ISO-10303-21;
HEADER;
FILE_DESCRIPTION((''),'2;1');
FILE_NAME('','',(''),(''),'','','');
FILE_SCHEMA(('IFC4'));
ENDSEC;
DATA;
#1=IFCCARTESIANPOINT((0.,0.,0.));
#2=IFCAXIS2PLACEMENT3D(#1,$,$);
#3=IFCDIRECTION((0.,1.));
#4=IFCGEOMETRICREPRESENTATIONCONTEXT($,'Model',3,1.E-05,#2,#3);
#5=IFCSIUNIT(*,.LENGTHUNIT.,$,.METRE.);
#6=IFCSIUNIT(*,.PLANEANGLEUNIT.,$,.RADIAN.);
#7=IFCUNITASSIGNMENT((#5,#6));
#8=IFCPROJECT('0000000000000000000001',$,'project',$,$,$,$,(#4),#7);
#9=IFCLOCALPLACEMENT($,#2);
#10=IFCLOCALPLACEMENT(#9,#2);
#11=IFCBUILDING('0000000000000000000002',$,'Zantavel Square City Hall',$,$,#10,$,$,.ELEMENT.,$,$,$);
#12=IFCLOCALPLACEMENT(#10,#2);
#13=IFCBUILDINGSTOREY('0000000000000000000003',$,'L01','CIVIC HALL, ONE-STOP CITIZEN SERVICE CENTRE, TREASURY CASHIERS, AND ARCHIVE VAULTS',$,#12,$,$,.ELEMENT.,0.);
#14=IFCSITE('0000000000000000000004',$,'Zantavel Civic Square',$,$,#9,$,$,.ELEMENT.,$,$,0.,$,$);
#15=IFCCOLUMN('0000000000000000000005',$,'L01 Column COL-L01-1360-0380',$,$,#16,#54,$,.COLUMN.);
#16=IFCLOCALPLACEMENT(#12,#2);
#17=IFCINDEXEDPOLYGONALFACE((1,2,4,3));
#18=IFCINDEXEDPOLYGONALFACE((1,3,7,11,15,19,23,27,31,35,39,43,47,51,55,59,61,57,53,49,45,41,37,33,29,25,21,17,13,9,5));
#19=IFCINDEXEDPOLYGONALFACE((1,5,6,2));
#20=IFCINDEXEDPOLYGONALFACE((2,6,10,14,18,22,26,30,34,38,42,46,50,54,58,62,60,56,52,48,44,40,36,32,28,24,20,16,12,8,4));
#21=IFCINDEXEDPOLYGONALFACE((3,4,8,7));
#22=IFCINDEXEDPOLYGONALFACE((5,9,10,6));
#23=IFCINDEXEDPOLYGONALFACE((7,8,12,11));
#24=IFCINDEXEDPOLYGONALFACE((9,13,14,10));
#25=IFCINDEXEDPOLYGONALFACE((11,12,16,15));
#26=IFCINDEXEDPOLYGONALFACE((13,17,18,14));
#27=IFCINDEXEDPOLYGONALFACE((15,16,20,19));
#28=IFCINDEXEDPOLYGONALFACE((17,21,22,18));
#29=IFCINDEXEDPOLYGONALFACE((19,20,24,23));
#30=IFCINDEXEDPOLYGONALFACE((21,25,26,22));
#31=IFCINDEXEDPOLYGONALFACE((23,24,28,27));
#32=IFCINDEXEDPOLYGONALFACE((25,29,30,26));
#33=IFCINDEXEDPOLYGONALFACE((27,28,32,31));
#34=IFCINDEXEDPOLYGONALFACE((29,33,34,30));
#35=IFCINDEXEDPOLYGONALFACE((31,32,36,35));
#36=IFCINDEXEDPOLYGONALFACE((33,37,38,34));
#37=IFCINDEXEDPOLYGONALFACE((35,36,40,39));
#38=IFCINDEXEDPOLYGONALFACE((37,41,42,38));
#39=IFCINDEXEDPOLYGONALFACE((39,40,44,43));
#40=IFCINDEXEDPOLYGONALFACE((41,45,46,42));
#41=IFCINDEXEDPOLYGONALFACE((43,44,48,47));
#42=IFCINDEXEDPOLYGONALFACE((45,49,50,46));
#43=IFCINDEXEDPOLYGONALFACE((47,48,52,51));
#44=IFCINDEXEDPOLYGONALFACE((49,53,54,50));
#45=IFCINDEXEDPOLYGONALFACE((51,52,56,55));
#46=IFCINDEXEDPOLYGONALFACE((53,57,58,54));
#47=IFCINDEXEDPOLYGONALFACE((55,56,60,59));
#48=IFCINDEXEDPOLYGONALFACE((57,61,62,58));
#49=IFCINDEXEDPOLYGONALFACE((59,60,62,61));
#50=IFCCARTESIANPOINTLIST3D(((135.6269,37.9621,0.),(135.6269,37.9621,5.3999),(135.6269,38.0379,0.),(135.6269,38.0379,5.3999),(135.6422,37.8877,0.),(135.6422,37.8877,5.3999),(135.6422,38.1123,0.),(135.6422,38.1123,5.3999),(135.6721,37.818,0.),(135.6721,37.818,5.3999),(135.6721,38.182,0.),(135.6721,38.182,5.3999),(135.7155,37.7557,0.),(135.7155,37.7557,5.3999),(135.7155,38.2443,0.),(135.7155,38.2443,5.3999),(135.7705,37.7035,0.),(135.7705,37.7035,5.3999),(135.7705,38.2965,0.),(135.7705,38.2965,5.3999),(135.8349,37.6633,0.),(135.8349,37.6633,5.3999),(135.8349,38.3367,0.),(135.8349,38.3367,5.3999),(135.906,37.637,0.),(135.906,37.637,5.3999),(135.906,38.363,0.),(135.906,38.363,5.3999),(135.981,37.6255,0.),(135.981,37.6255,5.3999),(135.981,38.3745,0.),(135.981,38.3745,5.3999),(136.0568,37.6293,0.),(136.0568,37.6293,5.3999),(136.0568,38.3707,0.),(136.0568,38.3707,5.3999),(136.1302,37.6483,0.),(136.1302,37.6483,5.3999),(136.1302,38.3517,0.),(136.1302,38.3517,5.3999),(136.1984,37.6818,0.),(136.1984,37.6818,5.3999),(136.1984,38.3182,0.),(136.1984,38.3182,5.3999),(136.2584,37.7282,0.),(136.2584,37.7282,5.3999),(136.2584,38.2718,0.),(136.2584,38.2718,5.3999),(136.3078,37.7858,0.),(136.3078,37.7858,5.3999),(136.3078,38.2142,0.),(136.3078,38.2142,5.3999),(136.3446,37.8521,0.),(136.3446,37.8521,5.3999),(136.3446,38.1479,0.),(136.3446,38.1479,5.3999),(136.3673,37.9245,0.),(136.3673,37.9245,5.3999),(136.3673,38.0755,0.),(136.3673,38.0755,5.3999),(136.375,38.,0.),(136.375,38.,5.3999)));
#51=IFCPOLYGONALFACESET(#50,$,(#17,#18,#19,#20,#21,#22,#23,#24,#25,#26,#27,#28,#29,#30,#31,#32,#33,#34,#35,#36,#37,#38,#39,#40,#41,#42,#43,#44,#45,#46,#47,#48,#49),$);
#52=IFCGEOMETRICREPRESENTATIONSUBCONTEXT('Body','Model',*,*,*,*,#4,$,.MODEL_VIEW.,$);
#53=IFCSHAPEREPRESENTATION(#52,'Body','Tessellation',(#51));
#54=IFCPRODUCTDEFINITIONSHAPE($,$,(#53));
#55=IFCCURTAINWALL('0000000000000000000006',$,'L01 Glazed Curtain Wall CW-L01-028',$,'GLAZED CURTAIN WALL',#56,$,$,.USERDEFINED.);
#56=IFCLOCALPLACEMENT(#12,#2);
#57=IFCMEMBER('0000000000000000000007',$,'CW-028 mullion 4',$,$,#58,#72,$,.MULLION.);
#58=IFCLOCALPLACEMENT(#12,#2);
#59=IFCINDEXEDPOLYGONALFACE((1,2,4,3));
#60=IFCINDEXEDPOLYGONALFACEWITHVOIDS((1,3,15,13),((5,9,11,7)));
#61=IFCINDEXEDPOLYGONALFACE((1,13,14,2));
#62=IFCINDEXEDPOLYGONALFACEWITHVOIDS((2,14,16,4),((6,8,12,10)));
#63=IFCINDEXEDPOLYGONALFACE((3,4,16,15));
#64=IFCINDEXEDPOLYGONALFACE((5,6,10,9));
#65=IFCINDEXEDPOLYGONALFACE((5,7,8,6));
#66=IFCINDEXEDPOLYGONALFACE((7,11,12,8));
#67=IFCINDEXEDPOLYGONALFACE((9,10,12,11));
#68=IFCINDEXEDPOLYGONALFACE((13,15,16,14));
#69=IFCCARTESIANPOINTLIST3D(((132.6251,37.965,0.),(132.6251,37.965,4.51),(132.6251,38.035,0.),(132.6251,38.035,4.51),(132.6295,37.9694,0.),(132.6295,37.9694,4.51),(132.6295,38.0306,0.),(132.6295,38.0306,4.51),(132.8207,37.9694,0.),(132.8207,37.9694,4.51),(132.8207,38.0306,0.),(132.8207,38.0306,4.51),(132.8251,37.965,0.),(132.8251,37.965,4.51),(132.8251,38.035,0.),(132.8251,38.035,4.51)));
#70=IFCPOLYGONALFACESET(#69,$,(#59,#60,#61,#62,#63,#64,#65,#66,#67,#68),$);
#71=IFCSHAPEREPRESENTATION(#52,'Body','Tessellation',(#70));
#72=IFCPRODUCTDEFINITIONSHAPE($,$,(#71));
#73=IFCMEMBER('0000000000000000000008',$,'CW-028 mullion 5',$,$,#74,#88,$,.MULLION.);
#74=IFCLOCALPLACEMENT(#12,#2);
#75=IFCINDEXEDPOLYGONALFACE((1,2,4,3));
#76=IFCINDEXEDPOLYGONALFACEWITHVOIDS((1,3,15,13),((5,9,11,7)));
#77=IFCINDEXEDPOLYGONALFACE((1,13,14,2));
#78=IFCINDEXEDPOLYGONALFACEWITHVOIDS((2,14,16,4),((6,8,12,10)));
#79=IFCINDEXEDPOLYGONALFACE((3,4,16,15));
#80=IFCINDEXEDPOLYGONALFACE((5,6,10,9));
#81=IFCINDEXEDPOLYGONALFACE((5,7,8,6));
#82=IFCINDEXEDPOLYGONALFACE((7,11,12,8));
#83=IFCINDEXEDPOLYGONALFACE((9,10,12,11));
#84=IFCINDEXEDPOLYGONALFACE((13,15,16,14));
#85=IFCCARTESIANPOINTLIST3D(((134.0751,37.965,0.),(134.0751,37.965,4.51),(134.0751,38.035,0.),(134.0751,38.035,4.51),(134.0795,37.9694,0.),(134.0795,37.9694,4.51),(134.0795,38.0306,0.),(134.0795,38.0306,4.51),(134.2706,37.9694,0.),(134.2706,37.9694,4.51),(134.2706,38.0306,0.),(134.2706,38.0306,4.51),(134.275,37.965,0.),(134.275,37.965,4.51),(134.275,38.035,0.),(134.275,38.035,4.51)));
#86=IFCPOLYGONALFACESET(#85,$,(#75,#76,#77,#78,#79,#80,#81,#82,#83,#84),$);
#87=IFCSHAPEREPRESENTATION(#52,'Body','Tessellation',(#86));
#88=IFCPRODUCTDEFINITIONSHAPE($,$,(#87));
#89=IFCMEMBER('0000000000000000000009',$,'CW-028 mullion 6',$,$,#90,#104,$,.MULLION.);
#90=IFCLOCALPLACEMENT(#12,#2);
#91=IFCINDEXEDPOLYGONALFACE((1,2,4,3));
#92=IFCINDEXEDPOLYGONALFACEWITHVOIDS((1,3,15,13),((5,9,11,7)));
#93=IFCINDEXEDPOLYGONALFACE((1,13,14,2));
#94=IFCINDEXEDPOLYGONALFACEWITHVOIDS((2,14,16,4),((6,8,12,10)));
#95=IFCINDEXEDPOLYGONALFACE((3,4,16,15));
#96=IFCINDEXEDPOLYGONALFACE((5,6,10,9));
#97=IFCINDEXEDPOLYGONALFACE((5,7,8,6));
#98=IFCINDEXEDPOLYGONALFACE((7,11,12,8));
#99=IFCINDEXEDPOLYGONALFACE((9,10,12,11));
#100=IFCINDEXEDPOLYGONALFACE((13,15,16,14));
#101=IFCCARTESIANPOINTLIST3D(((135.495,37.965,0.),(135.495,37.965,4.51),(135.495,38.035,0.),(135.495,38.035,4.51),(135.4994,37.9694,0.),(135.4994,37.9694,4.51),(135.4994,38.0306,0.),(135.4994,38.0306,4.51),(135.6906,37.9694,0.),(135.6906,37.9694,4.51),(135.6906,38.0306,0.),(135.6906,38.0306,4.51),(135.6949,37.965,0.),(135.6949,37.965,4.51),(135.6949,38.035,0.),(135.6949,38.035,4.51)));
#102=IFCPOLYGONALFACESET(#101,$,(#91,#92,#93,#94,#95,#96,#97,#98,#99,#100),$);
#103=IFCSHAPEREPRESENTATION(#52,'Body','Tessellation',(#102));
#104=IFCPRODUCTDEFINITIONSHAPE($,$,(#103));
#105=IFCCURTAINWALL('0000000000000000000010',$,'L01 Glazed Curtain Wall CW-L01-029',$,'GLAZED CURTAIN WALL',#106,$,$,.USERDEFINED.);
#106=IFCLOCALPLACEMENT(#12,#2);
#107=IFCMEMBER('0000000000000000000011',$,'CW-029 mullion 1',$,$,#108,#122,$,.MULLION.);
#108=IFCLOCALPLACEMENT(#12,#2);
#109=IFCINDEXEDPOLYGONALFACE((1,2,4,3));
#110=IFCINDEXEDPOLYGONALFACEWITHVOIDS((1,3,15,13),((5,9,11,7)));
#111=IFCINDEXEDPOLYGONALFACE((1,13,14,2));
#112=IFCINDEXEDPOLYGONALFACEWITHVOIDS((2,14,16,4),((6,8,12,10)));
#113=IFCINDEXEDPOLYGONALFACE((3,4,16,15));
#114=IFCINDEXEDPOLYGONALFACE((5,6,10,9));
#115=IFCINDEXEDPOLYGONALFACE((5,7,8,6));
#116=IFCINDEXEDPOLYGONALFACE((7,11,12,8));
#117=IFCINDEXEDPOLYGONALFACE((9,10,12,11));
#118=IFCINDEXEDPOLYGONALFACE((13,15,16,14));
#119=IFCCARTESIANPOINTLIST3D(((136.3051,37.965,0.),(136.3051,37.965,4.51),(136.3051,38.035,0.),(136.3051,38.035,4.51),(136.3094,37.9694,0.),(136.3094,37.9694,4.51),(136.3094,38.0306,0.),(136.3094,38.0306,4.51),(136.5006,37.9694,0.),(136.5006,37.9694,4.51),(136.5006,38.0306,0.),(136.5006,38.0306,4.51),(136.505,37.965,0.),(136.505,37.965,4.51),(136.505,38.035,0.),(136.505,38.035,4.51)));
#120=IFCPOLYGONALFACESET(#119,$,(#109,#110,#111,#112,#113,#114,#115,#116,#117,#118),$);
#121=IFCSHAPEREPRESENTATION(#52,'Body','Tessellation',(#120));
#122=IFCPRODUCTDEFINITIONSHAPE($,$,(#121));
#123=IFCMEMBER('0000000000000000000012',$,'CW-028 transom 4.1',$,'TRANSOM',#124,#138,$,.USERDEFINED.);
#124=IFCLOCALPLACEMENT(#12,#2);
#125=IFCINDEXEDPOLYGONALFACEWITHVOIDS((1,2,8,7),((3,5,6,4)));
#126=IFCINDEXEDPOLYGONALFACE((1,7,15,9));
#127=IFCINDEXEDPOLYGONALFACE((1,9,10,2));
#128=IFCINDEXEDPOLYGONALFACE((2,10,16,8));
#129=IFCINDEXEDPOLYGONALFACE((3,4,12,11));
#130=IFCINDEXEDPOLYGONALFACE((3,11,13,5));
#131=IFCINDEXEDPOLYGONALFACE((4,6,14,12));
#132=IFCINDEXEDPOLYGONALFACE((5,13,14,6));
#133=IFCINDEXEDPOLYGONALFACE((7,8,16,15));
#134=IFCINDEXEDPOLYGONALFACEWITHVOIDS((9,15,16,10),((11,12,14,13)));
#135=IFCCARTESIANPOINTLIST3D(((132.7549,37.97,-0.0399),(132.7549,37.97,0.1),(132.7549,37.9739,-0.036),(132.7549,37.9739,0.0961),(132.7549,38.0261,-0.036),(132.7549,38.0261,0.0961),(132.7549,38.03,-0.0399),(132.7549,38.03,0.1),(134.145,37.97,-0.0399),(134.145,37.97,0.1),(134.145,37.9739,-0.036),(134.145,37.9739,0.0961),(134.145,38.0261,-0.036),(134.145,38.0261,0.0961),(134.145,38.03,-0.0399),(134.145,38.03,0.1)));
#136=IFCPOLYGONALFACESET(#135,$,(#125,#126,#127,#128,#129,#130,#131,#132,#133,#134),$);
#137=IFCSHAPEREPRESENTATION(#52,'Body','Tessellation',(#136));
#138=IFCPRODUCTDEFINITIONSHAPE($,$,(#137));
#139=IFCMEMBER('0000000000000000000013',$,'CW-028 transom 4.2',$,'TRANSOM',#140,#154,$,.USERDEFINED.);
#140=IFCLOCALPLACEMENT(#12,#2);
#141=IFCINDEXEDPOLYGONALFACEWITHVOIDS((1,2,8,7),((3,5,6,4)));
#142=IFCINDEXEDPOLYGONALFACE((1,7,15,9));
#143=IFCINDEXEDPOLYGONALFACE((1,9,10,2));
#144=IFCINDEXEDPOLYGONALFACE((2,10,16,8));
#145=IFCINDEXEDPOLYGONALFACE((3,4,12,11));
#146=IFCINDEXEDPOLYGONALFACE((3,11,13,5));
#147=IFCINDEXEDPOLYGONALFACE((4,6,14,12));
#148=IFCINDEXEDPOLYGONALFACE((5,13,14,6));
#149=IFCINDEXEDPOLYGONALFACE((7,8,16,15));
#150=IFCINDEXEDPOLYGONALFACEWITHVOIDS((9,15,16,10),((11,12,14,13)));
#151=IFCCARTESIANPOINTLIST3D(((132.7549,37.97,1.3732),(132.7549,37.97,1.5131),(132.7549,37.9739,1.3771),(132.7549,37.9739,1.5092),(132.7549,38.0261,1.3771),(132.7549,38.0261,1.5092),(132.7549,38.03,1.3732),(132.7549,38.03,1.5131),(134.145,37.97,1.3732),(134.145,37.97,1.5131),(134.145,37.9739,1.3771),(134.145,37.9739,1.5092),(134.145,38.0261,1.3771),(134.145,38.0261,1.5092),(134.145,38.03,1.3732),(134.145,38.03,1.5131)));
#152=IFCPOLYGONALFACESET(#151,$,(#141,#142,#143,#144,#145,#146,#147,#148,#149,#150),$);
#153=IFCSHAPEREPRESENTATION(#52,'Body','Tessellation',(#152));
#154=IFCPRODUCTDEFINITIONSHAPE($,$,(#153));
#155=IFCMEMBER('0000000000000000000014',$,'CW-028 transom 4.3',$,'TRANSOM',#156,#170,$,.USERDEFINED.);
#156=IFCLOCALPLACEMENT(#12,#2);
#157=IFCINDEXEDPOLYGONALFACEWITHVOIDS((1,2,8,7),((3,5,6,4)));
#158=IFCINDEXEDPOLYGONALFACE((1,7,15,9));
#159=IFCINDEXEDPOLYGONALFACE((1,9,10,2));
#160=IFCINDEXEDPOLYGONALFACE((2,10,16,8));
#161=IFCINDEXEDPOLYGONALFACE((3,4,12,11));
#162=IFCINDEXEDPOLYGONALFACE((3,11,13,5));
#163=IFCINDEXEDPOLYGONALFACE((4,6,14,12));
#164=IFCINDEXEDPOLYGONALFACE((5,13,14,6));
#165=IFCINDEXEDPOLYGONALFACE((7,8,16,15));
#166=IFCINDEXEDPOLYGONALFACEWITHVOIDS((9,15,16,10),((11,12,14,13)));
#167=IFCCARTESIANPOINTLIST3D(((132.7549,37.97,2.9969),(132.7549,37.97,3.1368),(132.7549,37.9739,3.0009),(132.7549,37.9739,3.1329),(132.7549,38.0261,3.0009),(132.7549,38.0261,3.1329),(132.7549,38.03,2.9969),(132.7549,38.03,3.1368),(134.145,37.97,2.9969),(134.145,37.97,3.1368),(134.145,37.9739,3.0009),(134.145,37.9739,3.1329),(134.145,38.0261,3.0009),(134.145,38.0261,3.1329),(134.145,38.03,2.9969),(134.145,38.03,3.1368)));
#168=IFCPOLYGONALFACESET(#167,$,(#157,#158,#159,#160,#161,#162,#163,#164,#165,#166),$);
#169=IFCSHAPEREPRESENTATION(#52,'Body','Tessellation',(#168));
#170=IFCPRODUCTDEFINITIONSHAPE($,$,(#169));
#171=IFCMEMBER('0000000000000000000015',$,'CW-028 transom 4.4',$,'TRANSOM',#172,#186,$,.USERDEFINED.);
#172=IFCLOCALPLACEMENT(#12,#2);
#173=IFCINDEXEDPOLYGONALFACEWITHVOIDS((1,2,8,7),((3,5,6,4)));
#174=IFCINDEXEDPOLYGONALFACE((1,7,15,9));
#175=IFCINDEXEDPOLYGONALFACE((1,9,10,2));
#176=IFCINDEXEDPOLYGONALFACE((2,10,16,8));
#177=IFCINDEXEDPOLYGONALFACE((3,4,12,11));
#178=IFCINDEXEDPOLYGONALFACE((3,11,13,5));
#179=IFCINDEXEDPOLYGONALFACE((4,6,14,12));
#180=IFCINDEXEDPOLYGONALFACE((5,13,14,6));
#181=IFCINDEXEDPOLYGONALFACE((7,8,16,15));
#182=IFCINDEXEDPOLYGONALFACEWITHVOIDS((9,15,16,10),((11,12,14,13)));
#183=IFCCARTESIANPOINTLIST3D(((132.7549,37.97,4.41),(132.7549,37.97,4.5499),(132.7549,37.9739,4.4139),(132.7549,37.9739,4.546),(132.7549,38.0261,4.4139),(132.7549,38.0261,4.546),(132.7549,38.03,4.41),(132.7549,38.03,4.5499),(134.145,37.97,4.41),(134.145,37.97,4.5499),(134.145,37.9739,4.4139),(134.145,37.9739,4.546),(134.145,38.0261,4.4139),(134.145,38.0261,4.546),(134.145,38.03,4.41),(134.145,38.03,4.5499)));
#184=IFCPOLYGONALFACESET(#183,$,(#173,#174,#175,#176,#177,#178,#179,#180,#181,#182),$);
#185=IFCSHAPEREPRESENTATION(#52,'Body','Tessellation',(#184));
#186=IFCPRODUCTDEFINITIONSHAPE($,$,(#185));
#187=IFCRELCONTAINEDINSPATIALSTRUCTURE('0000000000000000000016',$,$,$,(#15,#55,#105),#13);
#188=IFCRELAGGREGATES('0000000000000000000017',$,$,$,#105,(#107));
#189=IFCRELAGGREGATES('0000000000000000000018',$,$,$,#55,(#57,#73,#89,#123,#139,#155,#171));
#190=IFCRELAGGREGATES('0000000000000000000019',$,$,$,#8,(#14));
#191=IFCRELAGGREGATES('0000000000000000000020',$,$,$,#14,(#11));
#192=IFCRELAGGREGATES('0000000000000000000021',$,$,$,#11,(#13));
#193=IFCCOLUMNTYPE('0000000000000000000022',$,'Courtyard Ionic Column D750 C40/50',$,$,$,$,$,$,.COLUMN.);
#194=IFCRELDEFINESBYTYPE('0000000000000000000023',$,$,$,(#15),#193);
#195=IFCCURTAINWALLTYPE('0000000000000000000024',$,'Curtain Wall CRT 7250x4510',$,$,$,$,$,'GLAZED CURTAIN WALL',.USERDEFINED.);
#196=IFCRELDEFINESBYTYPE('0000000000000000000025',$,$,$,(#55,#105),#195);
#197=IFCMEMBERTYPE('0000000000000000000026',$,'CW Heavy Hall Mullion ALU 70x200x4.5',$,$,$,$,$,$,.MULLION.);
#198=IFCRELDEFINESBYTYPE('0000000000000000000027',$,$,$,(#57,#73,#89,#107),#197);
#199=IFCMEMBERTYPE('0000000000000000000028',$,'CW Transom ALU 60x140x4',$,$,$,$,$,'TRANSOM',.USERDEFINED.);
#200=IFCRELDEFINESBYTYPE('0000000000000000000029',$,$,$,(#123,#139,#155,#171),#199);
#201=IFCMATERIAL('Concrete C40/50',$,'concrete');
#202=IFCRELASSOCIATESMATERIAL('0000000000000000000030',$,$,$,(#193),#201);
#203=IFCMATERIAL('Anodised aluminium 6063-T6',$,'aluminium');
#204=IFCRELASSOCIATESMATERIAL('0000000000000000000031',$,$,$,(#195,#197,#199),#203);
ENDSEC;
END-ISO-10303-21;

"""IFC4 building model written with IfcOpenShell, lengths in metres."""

from ifc_helpers import new_model, si_unit, direction, frame, origin, origin_2d, place, context, subcontext, project, spatial, hollow_rectangle, circle, extrude, material, material_profile, profile_set, type_object, element, aggregate, save


model = new_model("IFC4")

# Units and contexts
model_context = context("Model", 3, precision=1e-05, world=origin(), true_north=direction((0.0, 1.0)))
body_context = subcontext(model_context, "Body", "Model", "MODEL_VIEW")
ifc_project = project(units=[si_unit("LENGTHUNIT", "METRE"), si_unit("PLANEANGLEUNIT", "RADIAN")], contexts=[model_context])

# Site, building, storey
site_placement = place(None, origin())
site = spatial("IfcSite", under=ifc_project, at=site_placement, Name="Zantavel Civic Square", CompositionType="ELEMENT", RefElevation=0.0)
building_placement = place(site_placement, origin())
building = spatial("IfcBuilding", under=site, at=building_placement, Name="Zantavel Square City Hall", CompositionType="ELEMENT")
storey_placement = place(building_placement, origin())
storey = spatial("IfcBuildingStorey", under=building, at=storey_placement, Name="L01", Description="CIVIC HALL, ONE-STOP CITIZEN SERVICE CENTRE, TREASURY CASHIERS, AND ARCHIVE VAULTS", CompositionType="ELEMENT", Elevation=0.0)

# Column
ifc_material_1 = material(Name="Concrete C40/50", Category="concrete")
ifc_material_profile_1 = material_profile(ifc_material_1, circle(Radius=0.375, at=origin_2d()), Name="ROUND D750")
ifc_profile_set_1 = profile_set([ifc_material_profile_1], Name="Concrete C40/50")
column_type = type_object("IfcColumnType", Name="Courtyard Ionic Column D750 C40/50", PredefinedType="COLUMN", material=ifc_profile_set_1)
column_placement = place(storey_placement, frame((136.0, 38.0, 0.0), z_axis=(0.0, 0.0, 1.0), x_axis=(1.0, 0.0, 0.0)))
element("IfcColumn", 1, at=column_placement, inside=storey, type_object=column_type, Name="L01 Column COL-L01-1360-0380", PredefinedType="COLUMN", context=body_context, shape_type="SweptSolid", body=[
    extrude(circle(Radius=0.375, at=origin_2d()), origin(), (0.0, 0.0, 1.0), 5.3999),
])

# Curtain wall, members
ifc_material_2 = material(Name="Anodised aluminium 6063-T6", Category="aluminium")
curtain_wall_type = type_object("IfcCurtainWallType", Name="Curtain Wall CRT 7250x4510", ElementType="GLAZED CURTAIN WALL", PredefinedType="USERDEFINED", material=ifc_material_2)
curtain_wall_1_placement = place(storey_placement, origin())
curtain_wall_1 = element("IfcCurtainWall", 2, at=curtain_wall_1_placement, inside=storey, type_object=curtain_wall_type, Name="L01 Glazed Curtain Wall CW-L01-028", ObjectType="GLAZED CURTAIN WALL", PredefinedType="USERDEFINED")
ifc_material_profile_2 = material_profile(ifc_material_2, hollow_rectangle(XDim=0.0701, YDim=0.2, WallThickness=0.0044, at=origin_2d()), Name="ALU 70x200x4.5")
ifc_profile_set_2 = profile_set([ifc_material_profile_2], Name="Anodised aluminium 6063-T6")
member_type_1 = type_object("IfcMemberType", Name="CW Heavy Hall Mullion ALU 70x200x4.5", PredefinedType="MULLION", material=ifc_profile_set_2)
member_1_placement = place(storey_placement, frame((132.7251, 38.0, 0.0), z_axis=(0.0, 0.0, 1.0), x_axis=(0.0, 1.0, 0.0)))
member_1 = element("IfcMember", 3, at=member_1_placement, type_object=member_type_1, Name="CW-028 mullion 4", PredefinedType="MULLION", context=body_context, shape_type="SweptSolid", body=[
    extrude(hollow_rectangle(XDim=0.0701, YDim=0.2, WallThickness=0.0044, at=origin_2d()), origin(), (0.0, 0.0, 1.0), 4.51),
])
member_2_placement = place(storey_placement, frame((134.175, 38.0, 0.0), z_axis=(0.0, 0.0, 1.0), x_axis=(0.0, 1.0, 0.0)))
member_2 = element("IfcMember", 4, at=member_2_placement, type_object=member_type_1, Name="CW-028 mullion 5", PredefinedType="MULLION", context=body_context, shape_type="SweptSolid", body=[
    extrude(hollow_rectangle(XDim=0.0701, YDim=0.2, WallThickness=0.0044, at=origin_2d()), origin(), (0.0, 0.0, 1.0), 4.51),
])
member_3_placement = place(storey_placement, frame((135.595, 38.0, 0.0), z_axis=(0.0, 0.0, 1.0), x_axis=(0.0, 1.0, 0.0)))
member_3 = element("IfcMember", 5, at=member_3_placement, type_object=member_type_1, Name="CW-028 mullion 6", PredefinedType="MULLION", context=body_context, shape_type="SweptSolid", body=[
    extrude(hollow_rectangle(XDim=0.0701, YDim=0.2, WallThickness=0.0044, at=origin_2d()), origin(), (0.0, 0.0, 1.0), 4.51),
])

# Curtain wall, member
curtain_wall_2_placement = place(storey_placement, origin())
curtain_wall_2 = element("IfcCurtainWall", 6, at=curtain_wall_2_placement, inside=storey, type_object=curtain_wall_type, Name="L01 Glazed Curtain Wall CW-L01-029", ObjectType="GLAZED CURTAIN WALL", PredefinedType="USERDEFINED")
member_4_placement = place(storey_placement, frame((136.405, 38.0, 0.0), z_axis=(0.0, 0.0, 1.0), x_axis=(0.0, 1.0, 0.0)))
member_4 = element("IfcMember", 7, at=member_4_placement, type_object=member_type_1, Name="CW-029 mullion 1", PredefinedType="MULLION", context=body_context, shape_type="SweptSolid", body=[
    extrude(hollow_rectangle(XDim=0.0701, YDim=0.2, WallThickness=0.0044, at=origin_2d()), origin(), (0.0, 0.0, 1.0), 4.51),
])

# Members
ifc_material_profile_3 = material_profile(ifc_material_2, hollow_rectangle(XDim=0.0601, YDim=0.1399, WallThickness=0.0039, at=origin_2d()), Name="ALU 60x140x4")
ifc_profile_set_3 = profile_set([ifc_material_profile_3], Name="Anodised aluminium 6063-T6")
member_type_2 = type_object("IfcMemberType", Name="CW Transom ALU 60x140x4", ElementType="TRANSOM", PredefinedType="USERDEFINED", material=ifc_profile_set_3)
member_5_placement = place(storey_placement, frame((132.7549, 38.0, 0.03), z_axis=(1.0, 0.0, 0.0), x_axis=(0.0, 1.0, 0.0)))
member_5 = element("IfcMember", 8, at=member_5_placement, type_object=member_type_2, Name="CW-028 transom 4.1", ObjectType="TRANSOM", PredefinedType="USERDEFINED", context=body_context, shape_type="SweptSolid", body=[
    extrude(hollow_rectangle(XDim=0.0601, YDim=0.1399, WallThickness=0.0039, at=origin_2d()), origin(), (0.0, 0.0, 1.0), 1.3901),
])
member_6_placement = place(storey_placement, frame((132.7549, 38.0, 1.4431), z_axis=(1.0, 0.0, 0.0), x_axis=(0.0, 1.0, 0.0)))
member_6 = element("IfcMember", 9, at=member_6_placement, type_object=member_type_2, Name="CW-028 transom 4.2", ObjectType="TRANSOM", PredefinedType="USERDEFINED", context=body_context, shape_type="SweptSolid", body=[
    extrude(hollow_rectangle(XDim=0.0601, YDim=0.1399, WallThickness=0.0039, at=origin_2d()), origin(), (0.0, 0.0, 1.0), 1.3901),
])
member_7_placement = place(storey_placement, frame((132.7549, 38.0, 3.0669), z_axis=(1.0, 0.0, 0.0), x_axis=(0.0, 1.0, 0.0)))
member_7 = element("IfcMember", 10, at=member_7_placement, type_object=member_type_2, Name="CW-028 transom 4.3", ObjectType="TRANSOM", PredefinedType="USERDEFINED", context=body_context, shape_type="SweptSolid", body=[
    extrude(hollow_rectangle(XDim=0.0601, YDim=0.1399, WallThickness=0.0039, at=origin_2d()), origin(), (0.0, 0.0, 1.0), 1.3901),
])
member_8_placement = place(storey_placement, frame((132.7549, 38.0, 4.48), z_axis=(1.0, 0.0, 0.0), x_axis=(0.0, 1.0, 0.0)))
member_8 = element("IfcMember", 11, at=member_8_placement, type_object=member_type_2, Name="CW-028 transom 4.4", ObjectType="TRANSOM", PredefinedType="USERDEFINED", context=body_context, shape_type="SweptSolid", body=[
    extrude(hollow_rectangle(XDim=0.0601, YDim=0.1399, WallThickness=0.0039, at=origin_2d()), origin(), (0.0, 0.0, 1.0), 1.3901),
])
aggregate(curtain_wall_2, [member_4])

aggregate(curtain_wall_1, [member_1, member_2, member_3, member_5, member_6, member_7, member_8])

save(model, "model.ifc")
